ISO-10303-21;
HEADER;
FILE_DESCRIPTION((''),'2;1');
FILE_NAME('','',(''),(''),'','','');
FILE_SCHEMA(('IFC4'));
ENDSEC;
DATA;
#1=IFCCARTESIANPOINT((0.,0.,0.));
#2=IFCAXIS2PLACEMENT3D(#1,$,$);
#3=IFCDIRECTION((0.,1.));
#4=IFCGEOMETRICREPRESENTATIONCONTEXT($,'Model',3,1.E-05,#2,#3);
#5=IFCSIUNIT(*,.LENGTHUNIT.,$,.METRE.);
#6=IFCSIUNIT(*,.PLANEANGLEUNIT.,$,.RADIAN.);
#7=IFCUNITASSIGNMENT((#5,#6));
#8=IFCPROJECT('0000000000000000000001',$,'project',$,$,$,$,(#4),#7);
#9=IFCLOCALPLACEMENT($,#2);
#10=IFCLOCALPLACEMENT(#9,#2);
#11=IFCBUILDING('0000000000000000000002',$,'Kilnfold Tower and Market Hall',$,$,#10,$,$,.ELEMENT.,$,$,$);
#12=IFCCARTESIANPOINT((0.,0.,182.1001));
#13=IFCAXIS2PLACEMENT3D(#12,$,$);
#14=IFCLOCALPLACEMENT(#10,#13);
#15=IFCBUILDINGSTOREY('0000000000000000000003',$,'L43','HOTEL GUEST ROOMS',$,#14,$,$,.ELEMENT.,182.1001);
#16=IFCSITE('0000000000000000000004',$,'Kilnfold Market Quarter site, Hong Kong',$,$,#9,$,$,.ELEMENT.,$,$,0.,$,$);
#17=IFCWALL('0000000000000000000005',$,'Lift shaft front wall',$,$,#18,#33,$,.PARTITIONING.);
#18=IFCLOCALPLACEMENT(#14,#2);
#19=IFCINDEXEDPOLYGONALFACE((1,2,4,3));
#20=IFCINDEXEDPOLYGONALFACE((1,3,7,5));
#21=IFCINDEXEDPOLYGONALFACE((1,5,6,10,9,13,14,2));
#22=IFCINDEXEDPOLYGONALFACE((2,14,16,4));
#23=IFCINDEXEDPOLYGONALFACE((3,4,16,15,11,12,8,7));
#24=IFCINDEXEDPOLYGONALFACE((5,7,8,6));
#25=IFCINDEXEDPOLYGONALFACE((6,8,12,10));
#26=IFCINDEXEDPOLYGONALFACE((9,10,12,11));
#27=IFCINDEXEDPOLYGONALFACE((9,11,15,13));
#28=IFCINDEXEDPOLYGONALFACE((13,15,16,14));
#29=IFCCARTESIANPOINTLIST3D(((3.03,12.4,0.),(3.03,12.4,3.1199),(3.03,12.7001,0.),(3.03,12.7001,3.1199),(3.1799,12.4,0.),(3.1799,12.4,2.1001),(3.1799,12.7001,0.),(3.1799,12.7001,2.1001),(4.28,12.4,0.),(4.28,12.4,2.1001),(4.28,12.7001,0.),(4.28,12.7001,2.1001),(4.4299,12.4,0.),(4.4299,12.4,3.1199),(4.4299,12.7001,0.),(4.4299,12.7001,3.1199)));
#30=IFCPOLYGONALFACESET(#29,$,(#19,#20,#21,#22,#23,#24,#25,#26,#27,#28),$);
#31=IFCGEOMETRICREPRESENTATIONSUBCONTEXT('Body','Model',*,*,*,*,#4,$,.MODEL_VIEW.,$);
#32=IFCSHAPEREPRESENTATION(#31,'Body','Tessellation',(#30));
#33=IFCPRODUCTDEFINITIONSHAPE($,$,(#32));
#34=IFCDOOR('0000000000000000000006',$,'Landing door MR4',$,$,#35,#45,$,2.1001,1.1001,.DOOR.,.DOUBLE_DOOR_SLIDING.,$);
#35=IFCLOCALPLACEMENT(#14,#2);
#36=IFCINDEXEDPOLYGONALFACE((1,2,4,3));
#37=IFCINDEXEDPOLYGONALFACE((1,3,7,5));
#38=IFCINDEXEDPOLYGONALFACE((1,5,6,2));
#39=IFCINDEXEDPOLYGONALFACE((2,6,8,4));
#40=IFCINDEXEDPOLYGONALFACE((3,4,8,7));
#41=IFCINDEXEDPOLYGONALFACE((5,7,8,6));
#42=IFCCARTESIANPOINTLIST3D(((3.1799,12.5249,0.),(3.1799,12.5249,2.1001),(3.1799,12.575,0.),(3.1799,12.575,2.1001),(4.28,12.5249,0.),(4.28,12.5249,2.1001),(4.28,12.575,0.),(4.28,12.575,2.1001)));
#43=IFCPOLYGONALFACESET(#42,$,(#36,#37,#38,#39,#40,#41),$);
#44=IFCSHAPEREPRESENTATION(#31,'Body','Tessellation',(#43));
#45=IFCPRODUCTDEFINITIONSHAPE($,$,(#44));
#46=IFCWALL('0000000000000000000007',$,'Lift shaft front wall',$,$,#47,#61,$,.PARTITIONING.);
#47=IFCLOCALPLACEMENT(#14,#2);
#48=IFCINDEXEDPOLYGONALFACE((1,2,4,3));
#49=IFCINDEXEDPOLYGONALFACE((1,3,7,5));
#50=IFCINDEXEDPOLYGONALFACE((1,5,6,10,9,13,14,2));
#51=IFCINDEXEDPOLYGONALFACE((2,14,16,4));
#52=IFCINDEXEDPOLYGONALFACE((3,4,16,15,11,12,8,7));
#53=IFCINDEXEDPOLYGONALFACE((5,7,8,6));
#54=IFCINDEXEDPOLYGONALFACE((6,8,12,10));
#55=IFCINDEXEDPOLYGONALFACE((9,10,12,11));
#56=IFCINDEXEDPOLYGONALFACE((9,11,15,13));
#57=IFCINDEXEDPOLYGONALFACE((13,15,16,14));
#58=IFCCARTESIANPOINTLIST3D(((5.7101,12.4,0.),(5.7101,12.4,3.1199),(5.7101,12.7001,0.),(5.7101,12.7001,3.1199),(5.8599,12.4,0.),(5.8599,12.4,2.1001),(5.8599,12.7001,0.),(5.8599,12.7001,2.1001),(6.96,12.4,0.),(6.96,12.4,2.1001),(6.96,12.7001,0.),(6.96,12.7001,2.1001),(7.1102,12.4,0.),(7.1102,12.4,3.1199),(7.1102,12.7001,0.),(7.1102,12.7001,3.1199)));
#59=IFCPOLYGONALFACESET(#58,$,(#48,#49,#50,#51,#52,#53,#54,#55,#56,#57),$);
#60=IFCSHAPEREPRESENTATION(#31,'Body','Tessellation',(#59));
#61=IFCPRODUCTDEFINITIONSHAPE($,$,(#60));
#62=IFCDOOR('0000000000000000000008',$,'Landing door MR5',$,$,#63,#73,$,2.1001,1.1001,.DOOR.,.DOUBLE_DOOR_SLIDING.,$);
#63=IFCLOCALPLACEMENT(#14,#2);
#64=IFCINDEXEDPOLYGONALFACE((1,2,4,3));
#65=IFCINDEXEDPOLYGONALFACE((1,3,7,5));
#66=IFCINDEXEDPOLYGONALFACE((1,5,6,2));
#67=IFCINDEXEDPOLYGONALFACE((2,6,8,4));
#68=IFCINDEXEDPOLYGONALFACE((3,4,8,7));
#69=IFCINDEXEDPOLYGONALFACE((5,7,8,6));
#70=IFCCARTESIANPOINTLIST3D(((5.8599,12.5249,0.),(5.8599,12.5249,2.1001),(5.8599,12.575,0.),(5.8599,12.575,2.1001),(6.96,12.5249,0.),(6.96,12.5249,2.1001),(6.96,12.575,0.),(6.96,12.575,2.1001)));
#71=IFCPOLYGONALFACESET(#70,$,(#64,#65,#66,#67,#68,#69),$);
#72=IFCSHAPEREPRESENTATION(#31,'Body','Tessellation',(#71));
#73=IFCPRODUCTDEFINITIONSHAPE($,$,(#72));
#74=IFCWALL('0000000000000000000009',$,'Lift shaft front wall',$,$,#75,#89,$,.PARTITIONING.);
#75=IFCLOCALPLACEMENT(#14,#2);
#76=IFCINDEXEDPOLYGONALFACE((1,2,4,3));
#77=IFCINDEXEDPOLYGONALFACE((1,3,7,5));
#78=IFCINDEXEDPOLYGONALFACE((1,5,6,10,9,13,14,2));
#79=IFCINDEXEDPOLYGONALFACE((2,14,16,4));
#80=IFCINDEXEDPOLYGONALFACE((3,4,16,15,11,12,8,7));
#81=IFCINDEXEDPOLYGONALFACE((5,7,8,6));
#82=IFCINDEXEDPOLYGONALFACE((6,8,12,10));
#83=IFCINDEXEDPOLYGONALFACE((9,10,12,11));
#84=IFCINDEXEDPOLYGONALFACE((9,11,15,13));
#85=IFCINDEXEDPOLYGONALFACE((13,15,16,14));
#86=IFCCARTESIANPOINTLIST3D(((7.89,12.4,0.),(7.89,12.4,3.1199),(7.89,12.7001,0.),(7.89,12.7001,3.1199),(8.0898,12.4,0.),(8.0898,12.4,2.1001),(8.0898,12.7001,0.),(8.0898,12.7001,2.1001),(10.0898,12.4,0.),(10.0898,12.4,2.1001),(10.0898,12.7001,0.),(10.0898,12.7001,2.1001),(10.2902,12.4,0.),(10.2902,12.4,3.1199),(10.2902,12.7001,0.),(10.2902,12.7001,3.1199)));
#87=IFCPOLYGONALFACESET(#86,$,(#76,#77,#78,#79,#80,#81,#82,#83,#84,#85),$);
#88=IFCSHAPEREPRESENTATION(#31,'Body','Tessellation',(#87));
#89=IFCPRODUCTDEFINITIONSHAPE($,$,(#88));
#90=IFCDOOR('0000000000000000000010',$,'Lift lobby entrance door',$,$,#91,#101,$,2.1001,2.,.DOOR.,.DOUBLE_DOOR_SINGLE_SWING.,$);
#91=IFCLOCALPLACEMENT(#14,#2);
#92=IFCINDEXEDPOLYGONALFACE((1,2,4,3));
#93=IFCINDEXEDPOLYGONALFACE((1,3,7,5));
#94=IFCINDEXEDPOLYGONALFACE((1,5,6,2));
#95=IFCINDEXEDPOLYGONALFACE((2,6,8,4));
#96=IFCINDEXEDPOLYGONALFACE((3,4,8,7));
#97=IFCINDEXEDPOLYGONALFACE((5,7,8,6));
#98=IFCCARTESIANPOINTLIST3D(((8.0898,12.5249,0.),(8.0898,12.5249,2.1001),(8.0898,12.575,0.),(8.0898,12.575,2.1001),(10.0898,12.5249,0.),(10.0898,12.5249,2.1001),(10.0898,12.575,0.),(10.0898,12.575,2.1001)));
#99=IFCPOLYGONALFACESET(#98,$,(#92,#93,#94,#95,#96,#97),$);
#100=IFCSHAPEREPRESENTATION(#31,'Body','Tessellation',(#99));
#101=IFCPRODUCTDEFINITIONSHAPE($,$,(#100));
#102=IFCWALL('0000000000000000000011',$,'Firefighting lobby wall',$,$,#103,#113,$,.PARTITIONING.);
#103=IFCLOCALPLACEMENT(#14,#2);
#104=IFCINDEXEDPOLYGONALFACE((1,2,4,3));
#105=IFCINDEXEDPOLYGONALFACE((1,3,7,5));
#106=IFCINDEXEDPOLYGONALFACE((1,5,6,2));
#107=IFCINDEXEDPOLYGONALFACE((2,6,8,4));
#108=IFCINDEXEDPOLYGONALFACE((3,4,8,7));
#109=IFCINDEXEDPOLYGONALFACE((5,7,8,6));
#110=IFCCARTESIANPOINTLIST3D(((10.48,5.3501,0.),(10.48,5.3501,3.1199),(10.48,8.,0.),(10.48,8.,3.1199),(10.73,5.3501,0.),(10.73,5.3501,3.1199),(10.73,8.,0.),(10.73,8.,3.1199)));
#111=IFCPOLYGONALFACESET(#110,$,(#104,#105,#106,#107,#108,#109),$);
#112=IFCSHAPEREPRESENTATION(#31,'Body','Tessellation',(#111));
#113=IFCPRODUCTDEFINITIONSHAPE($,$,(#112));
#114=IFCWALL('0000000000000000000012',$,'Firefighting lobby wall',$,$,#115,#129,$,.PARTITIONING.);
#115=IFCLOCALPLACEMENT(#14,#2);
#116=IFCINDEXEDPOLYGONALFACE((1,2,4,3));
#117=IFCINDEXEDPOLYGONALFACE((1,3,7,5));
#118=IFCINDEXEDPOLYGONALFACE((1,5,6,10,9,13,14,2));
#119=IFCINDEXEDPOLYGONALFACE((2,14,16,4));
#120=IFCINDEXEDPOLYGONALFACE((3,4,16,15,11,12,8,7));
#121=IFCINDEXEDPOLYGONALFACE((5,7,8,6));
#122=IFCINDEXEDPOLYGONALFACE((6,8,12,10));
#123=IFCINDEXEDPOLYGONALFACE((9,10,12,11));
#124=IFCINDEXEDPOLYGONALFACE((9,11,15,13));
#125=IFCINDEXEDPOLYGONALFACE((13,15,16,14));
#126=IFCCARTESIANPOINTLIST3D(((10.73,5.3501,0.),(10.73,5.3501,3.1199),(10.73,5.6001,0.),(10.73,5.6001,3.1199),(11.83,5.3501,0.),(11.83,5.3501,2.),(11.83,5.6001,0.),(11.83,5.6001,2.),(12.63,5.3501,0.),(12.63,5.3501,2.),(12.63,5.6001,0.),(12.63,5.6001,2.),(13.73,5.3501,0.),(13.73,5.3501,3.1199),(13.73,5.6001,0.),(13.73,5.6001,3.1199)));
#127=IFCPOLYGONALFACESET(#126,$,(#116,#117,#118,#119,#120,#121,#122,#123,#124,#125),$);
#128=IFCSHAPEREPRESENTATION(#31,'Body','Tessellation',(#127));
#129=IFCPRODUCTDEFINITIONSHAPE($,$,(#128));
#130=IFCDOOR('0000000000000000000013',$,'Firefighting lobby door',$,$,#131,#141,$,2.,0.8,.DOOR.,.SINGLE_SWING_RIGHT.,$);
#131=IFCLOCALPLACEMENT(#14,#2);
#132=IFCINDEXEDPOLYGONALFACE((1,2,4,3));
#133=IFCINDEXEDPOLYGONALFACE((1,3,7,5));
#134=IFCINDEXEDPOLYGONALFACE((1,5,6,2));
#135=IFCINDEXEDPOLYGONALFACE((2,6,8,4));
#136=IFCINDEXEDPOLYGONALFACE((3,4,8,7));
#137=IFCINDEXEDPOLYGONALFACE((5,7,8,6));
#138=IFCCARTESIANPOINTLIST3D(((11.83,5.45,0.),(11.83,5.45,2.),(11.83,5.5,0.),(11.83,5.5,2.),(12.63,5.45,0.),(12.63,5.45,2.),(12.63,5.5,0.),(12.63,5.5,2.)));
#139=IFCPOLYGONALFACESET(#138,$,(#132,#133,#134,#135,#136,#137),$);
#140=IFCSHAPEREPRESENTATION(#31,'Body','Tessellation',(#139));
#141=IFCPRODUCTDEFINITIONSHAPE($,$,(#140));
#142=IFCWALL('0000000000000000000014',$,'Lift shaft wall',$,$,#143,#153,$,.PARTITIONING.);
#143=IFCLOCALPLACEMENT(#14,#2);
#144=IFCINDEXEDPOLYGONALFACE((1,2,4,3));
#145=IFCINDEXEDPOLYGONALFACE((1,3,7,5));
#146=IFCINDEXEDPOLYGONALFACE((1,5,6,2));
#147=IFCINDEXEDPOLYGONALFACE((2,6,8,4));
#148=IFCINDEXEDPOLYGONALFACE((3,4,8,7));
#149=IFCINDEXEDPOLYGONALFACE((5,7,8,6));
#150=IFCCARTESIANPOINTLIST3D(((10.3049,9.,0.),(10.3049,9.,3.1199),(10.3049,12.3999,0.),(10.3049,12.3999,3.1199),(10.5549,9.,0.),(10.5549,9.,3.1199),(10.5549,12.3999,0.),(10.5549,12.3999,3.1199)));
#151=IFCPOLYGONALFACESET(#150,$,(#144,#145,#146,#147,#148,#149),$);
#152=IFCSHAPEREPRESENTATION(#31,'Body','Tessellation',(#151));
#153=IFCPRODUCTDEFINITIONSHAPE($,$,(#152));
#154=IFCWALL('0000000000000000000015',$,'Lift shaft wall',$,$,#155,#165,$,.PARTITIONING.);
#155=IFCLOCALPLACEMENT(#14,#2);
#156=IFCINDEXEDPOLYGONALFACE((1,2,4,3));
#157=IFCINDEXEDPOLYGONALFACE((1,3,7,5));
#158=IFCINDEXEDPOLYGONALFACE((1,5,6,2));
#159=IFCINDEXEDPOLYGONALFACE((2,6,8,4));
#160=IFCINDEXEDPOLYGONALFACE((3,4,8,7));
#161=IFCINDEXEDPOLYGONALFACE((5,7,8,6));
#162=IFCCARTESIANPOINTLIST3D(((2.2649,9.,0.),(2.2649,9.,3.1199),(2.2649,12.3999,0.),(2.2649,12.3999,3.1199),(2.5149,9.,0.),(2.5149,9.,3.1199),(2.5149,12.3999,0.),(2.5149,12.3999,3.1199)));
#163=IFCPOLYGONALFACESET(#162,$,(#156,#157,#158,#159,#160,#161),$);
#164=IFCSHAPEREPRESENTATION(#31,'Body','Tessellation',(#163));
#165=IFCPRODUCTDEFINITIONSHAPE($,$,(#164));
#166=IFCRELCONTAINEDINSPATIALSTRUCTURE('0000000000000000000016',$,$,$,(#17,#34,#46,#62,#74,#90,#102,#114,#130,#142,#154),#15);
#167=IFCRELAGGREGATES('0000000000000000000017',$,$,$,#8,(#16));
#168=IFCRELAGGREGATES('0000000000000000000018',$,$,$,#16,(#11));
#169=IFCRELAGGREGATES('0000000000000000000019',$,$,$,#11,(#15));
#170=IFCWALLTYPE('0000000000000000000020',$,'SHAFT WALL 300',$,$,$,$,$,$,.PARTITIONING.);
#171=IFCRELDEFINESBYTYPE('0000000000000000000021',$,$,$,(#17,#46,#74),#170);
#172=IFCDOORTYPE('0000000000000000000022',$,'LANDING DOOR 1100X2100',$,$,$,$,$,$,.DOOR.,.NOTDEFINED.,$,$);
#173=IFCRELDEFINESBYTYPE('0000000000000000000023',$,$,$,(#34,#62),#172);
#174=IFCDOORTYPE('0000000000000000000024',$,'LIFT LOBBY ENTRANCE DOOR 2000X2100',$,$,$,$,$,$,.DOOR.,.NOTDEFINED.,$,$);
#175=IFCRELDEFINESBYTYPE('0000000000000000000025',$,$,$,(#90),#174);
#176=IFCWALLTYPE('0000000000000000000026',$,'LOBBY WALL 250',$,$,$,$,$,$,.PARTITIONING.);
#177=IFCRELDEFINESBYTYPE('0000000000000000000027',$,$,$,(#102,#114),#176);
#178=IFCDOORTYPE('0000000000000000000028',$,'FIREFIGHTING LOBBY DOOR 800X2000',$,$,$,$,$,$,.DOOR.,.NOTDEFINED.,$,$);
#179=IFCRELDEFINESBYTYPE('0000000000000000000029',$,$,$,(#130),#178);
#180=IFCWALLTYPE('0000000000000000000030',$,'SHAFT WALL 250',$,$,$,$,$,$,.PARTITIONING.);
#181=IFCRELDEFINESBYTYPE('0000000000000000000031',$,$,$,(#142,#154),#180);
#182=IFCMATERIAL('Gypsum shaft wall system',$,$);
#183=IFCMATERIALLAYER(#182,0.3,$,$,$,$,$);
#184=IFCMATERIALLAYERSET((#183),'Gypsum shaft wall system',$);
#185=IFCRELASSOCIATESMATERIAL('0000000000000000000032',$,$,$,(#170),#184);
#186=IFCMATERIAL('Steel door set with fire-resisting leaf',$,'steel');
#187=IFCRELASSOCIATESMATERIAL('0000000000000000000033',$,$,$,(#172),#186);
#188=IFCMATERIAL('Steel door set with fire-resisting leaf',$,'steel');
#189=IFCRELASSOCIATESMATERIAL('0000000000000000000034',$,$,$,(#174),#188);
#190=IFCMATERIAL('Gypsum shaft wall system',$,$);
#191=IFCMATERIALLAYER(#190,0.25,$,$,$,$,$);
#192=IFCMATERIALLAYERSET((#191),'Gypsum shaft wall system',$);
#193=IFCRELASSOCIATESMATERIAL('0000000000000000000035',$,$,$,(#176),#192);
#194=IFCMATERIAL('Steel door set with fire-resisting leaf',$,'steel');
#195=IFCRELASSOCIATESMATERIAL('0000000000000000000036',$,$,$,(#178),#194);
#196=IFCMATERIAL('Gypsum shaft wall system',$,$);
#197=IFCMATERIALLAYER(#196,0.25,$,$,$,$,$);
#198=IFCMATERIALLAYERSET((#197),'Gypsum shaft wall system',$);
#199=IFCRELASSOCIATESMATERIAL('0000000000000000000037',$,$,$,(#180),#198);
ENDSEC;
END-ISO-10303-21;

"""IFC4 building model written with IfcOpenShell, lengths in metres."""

from ifc_helpers import new_model, si_unit, direction, frame, frame_2d, origin, place, context, subcontext, project, spatial, rectangle, extrude, source, transform, mapped, material, layer, layer_set, type_object, element, fill, save


model = new_model("IFC4")

# Units and contexts
model_context = context("Model", 3, precision=1e-05, world=origin(), true_north=direction((0.0, 1.0)))
body_context = subcontext(model_context, "Body", "Model", "MODEL_VIEW")
ifc_project = project(units=[si_unit("LENGTHUNIT", "METRE"), si_unit("PLANEANGLEUNIT", "RADIAN")], contexts=[model_context])

# Site, building, storey
site_placement = place(None, origin())
site = spatial("IfcSite", under=ifc_project, at=site_placement, Name="Kilnfold Market Quarter site, Hong Kong", CompositionType="ELEMENT", RefElevation=0.0)
building_placement = place(site_placement, origin())
building = spatial("IfcBuilding", under=site, at=building_placement, Name="Kilnfold Tower and Market Hall", CompositionType="ELEMENT")
storey_placement = place(building_placement, frame((0.0, 0.0, 182.1001)))
storey = spatial("IfcBuildingStorey", under=building, at=storey_placement, Name="L43", Description="HOTEL GUEST ROOMS", CompositionType="ELEMENT", Elevation=182.1001)

# Walls, openings, doors
ifc_material_1 = material(Name="Gypsum shaft wall system")
ifc_layer_1 = layer(ifc_material_1, 0.3)
ifc_layer_set_1 = layer_set([ifc_layer_1], Name="Gypsum shaft wall system")
wall_type_1 = type_object("IfcWallType", Name="SHAFT WALL 300", PredefinedType="PARTITIONING", material=ifc_layer_set_1)
shared_shape_1 = source(origin(), body_context, "Body", "SweptSolid", [
    extrude(rectangle(XDim=1.3999, YDim=0.3, at=frame_2d((0.7, 0.0))), origin(), (0.0, 0.0, 1.0), 3.1199),
])
ifc_material_2 = material(Name="Steel door set with fire-resisting leaf", Category="steel")
door_type_1 = type_object("IfcDoorType", Name="LANDING DOOR 1100X2100", OperationType="NOTDEFINED", PredefinedType="DOOR", material=ifc_material_2)
wall_1_placement = place(storey_placement, frame((3.03, 12.55, 0.0), z_axis=(0.0, 0.0, 1.0), x_axis=(1.0, 0.0, 0.0)))
wall_1 = element("IfcWall", 1, at=wall_1_placement, inside=storey, type_object=wall_type_1, Name="Lift shaft front wall", PredefinedType="PARTITIONING", context=body_context, shape_type="MappedRepresentation", body=[
    mapped(shared_shape_1, transform((0.0, 0.0, 0.0))),
])
opening_1_placement = place(wall_1_placement, frame((0.1499, 0.0, 0.0)))
opening_1 = element("IfcOpeningElement", 2, at=opening_1_placement, cuts=wall_1, PredefinedType="OPENING", context=body_context, shape_type="SweptSolid", body=[
    extrude(rectangle(XDim=1.1001, YDim=2.1001, at=frame_2d((0.55, 1.05))), frame((0.0, 0.1602, 0.0), z_axis=(0.0, -1.0, 0.0), x_axis=(1.0, 0.0, 0.0)), (0.0, 0.0, 1.0), 0.3201),
])
door_1_placement = place(opening_1_placement, origin())
door_1 = element("IfcDoor", 3, at=door_1_placement, inside=storey, type_object=door_type_1, Name="Landing door MR4", OperationType="DOUBLE_DOOR_SLIDING", OverallHeight=2.1001, OverallWidth=1.1001, PredefinedType="DOOR", context=body_context, shape_type="SweptSolid", body=[
    extrude(rectangle(XDim=1.1001, YDim=2.1001, at=frame_2d((0.55, 1.05))), frame((0.0, 0.0249, 0.0), z_axis=(0.0, -1.0, 0.0), x_axis=(1.0, 0.0, 0.0)), (0.0, 0.0, 1.0), 0.05),
])
fill(opening_1, door_1)
shared_shape_2 = source(origin(), body_context, "Body", "SweptSolid", [
    extrude(rectangle(XDim=1.4001, YDim=0.3, at=frame_2d((0.7002, 0.0))), origin(), (0.0, 0.0, 1.0), 3.1199),
])
wall_2_placement = place(storey_placement, frame((5.71, 12.55, 0.0), z_axis=(0.0, 0.0, 1.0), x_axis=(1.0, 0.0, 0.0)))
wall_2 = element("IfcWall", 4, at=wall_2_placement, inside=storey, type_object=wall_type_1, Name="Lift shaft front wall", PredefinedType="PARTITIONING", context=body_context, shape_type="MappedRepresentation", body=[
    mapped(shared_shape_2, transform((0.0, 0.0, 0.0))),
])
opening_2_placement = place(wall_2_placement, frame((0.1499, 0.0, 0.0)))
opening_2 = element("IfcOpeningElement", 5, at=opening_2_placement, cuts=wall_2, PredefinedType="OPENING", context=body_context, shape_type="SweptSolid", body=[
    extrude(rectangle(XDim=1.1001, YDim=2.1001, at=frame_2d((0.55, 1.05))), frame((0.0, 0.1602, 0.0), z_axis=(0.0, -1.0, 0.0), x_axis=(1.0, 0.0, 0.0)), (0.0, 0.0, 1.0), 0.3201),
])
door_2_placement = place(opening_2_placement, origin())
door_2 = element("IfcDoor", 6, at=door_2_placement, inside=storey, type_object=door_type_1, Name="Landing door MR5", OperationType="DOUBLE_DOOR_SLIDING", OverallHeight=2.1001, OverallWidth=1.1001, PredefinedType="DOOR", context=body_context, shape_type="SweptSolid", body=[
    extrude(rectangle(XDim=1.1001, YDim=2.1001, at=frame_2d((0.55, 1.05))), frame((0.0, 0.0249, 0.0), z_axis=(0.0, -1.0, 0.0), x_axis=(1.0, 0.0, 0.0)), (0.0, 0.0, 1.0), 0.05),
])
fill(opening_2, door_2)
shared_shape_3 = source(origin(), body_context, "Body", "SweptSolid", [
    extrude(rectangle(XDim=2.4001, YDim=0.3, at=frame_2d((1.2002, 0.0))), origin(), (0.0, 0.0, 1.0), 3.1199),
])
wall_3_placement = place(storey_placement, frame((7.8899, 12.55, 0.0), z_axis=(0.0, 0.0, 1.0), x_axis=(1.0, 0.0, 0.0)))
wall_3 = element("IfcWall", 7, at=wall_3_placement, inside=storey, type_object=wall_type_1, Name="Lift shaft front wall", PredefinedType="PARTITIONING", context=body_context, shape_type="MappedRepresentation", body=[
    mapped(shared_shape_3, transform((0.0, 0.0, 0.0))),
])
opening_3_placement = place(wall_3_placement, frame((0.2, 0.0, 0.0)))
opening_3 = element("IfcOpeningElement", 8, at=opening_3_placement, cuts=wall_3, PredefinedType="OPENING", context=body_context, shape_type="SweptSolid", body=[
    extrude(rectangle(XDim=2.0, YDim=2.1001, at=frame_2d((1.0, 1.05))), frame((0.0, 0.1602, 0.0), z_axis=(0.0, -1.0, 0.0), x_axis=(1.0, 0.0, 0.0)), (0.0, 0.0, 1.0), 0.3201),
])
ifc_material_3 = material(Name="Steel door set with fire-resisting leaf", Category="steel")
door_type_2 = type_object("IfcDoorType", Name="LIFT LOBBY ENTRANCE DOOR 2000X2100", OperationType="NOTDEFINED", PredefinedType="DOOR", material=ifc_material_3)
door_3_placement = place(opening_3_placement, origin())
door_3 = element("IfcDoor", 9, at=door_3_placement, inside=storey, type_object=door_type_2, Name="Lift lobby entrance door", OperationType="DOUBLE_DOOR_SINGLE_SWING", OverallHeight=2.1001, OverallWidth=2.0, PredefinedType="DOOR", context=body_context, shape_type="SweptSolid", body=[
    extrude(rectangle(XDim=2.0, YDim=2.1001, at=frame_2d((1.0, 1.05))), frame((0.0, 0.0249, 0.0), z_axis=(0.0, -1.0, 0.0), x_axis=(1.0, 0.0, 0.0)), (0.0, 0.0, 1.0), 0.05),
])
fill(opening_3, door_3)

# Wall
ifc_material_4 = material(Name="Gypsum shaft wall system")
ifc_layer_2 = layer(ifc_material_4, 0.25)
ifc_layer_set_2 = layer_set([ifc_layer_2], Name="Gypsum shaft wall system")
wall_type_2 = type_object("IfcWallType", Name="LOBBY WALL 250", PredefinedType="PARTITIONING", material=ifc_layer_set_2)
shared_shape_4 = source(origin(), body_context, "Body", "SweptSolid", [
    extrude(rectangle(XDim=2.6499, YDim=0.25, at=frame_2d((1.325, 0.0))), origin(), (0.0, 0.0, 1.0), 3.1199),
])
wall_4_placement = place(storey_placement, frame((10.605, 5.3501, 0.0), z_axis=(0.0, 0.0, 1.0), x_axis=(0.0, 1.0, 0.0)))
element("IfcWall", 10, at=wall_4_placement, inside=storey, type_object=wall_type_2, Name="Firefighting lobby wall", PredefinedType="PARTITIONING", context=body_context, shape_type="MappedRepresentation", body=[
    mapped(shared_shape_4, transform((0.0, 0.0, 0.0))),
])

# Wall, opening, door
shared_shape_5 = source(origin(), body_context, "Body", "SweptSolid", [
    extrude(rectangle(XDim=3.0, YDim=0.25, at=frame_2d((1.5, 0.0))), origin(), (0.0, 0.0, 1.0), 3.1199),
])
wall_5_placement = place(storey_placement, frame((10.73, 5.4751, 0.0), z_axis=(0.0, 0.0, 1.0), x_axis=(1.0, 0.0, 0.0)))
wall_5 = element("IfcWall", 11, at=wall_5_placement, inside=storey, type_object=wall_type_2, Name="Firefighting lobby wall", PredefinedType="PARTITIONING", context=body_context, shape_type="MappedRepresentation", body=[
    mapped(shared_shape_5, transform((0.0, 0.0, 0.0))),
])
opening_4_placement = place(wall_5_placement, frame((1.1001, 0.0, 0.0)))
opening_4 = element("IfcOpeningElement", 12, at=opening_4_placement, cuts=wall_5, PredefinedType="OPENING", context=body_context, shape_type="SweptSolid", body=[
    extrude(rectangle(XDim=0.8, YDim=2.0, at=frame_2d((0.3999, 1.0))), frame((0.0, 0.135, 0.0), z_axis=(0.0, -1.0, 0.0), x_axis=(1.0, 0.0, 0.0)), (0.0, 0.0, 1.0), 0.27),
])
ifc_material_5 = material(Name="Steel door set with fire-resisting leaf", Category="steel")
door_type_3 = type_object("IfcDoorType", Name="FIREFIGHTING LOBBY DOOR 800X2000", OperationType="NOTDEFINED", PredefinedType="DOOR", material=ifc_material_5)
door_4_placement = place(opening_4_placement, origin())
door_4 = element("IfcDoor", 13, at=door_4_placement, inside=storey, type_object=door_type_3, Name="Firefighting lobby door", OperationType="SINGLE_SWING_RIGHT", OverallHeight=2.0, OverallWidth=0.8, PredefinedType="DOOR", context=body_context, shape_type="SweptSolid", body=[
    extrude(rectangle(XDim=0.8, YDim=2.0, at=frame_2d((0.3999, 1.0))), frame((0.0, 0.0249, 0.0), z_axis=(0.0, -1.0, 0.0), x_axis=(1.0, 0.0, 0.0)), (0.0, 0.0, 1.0), 0.05),
])
fill(opening_4, door_4)

# Walls
ifc_material_6 = material(Name="Gypsum shaft wall system")
ifc_layer_3 = layer(ifc_material_6, 0.25)
ifc_layer_set_3 = layer_set([ifc_layer_3], Name="Gypsum shaft wall system")
wall_type_3 = type_object("IfcWallType", Name="SHAFT WALL 250", PredefinedType="PARTITIONING", material=ifc_layer_set_3)
shared_shape_6 = source(origin(), body_context, "Body", "SweptSolid", [
    extrude(rectangle(XDim=3.3999, YDim=0.25, at=frame_2d((1.7, 0.0))), origin(), (0.0, 0.0, 1.0), 3.1199),
])
for number, where, z_axis, x_axis, name in (
    (14, (10.4299, 9.0, 0.0), (0.0, 0.0, 1.0), (0.0, 1.0, 0.0), "Lift shaft wall"),
    (15, (2.3899, 9.0, 0.0), (0.0, 0.0, 1.0), (0.0, 1.0, 0.0), "Lift shaft wall"),
):
    element("IfcWall", number, at=place(storey_placement, frame(where, z_axis=z_axis, x_axis=x_axis)), inside=storey, type_object=wall_type_3, Name=name, PredefinedType="PARTITIONING", context=body_context, shape_type="MappedRepresentation", body=[
        mapped(shared_shape_6, transform((0.0, 0.0, 0.0))),
    ])

save(model, "model.ifc")
